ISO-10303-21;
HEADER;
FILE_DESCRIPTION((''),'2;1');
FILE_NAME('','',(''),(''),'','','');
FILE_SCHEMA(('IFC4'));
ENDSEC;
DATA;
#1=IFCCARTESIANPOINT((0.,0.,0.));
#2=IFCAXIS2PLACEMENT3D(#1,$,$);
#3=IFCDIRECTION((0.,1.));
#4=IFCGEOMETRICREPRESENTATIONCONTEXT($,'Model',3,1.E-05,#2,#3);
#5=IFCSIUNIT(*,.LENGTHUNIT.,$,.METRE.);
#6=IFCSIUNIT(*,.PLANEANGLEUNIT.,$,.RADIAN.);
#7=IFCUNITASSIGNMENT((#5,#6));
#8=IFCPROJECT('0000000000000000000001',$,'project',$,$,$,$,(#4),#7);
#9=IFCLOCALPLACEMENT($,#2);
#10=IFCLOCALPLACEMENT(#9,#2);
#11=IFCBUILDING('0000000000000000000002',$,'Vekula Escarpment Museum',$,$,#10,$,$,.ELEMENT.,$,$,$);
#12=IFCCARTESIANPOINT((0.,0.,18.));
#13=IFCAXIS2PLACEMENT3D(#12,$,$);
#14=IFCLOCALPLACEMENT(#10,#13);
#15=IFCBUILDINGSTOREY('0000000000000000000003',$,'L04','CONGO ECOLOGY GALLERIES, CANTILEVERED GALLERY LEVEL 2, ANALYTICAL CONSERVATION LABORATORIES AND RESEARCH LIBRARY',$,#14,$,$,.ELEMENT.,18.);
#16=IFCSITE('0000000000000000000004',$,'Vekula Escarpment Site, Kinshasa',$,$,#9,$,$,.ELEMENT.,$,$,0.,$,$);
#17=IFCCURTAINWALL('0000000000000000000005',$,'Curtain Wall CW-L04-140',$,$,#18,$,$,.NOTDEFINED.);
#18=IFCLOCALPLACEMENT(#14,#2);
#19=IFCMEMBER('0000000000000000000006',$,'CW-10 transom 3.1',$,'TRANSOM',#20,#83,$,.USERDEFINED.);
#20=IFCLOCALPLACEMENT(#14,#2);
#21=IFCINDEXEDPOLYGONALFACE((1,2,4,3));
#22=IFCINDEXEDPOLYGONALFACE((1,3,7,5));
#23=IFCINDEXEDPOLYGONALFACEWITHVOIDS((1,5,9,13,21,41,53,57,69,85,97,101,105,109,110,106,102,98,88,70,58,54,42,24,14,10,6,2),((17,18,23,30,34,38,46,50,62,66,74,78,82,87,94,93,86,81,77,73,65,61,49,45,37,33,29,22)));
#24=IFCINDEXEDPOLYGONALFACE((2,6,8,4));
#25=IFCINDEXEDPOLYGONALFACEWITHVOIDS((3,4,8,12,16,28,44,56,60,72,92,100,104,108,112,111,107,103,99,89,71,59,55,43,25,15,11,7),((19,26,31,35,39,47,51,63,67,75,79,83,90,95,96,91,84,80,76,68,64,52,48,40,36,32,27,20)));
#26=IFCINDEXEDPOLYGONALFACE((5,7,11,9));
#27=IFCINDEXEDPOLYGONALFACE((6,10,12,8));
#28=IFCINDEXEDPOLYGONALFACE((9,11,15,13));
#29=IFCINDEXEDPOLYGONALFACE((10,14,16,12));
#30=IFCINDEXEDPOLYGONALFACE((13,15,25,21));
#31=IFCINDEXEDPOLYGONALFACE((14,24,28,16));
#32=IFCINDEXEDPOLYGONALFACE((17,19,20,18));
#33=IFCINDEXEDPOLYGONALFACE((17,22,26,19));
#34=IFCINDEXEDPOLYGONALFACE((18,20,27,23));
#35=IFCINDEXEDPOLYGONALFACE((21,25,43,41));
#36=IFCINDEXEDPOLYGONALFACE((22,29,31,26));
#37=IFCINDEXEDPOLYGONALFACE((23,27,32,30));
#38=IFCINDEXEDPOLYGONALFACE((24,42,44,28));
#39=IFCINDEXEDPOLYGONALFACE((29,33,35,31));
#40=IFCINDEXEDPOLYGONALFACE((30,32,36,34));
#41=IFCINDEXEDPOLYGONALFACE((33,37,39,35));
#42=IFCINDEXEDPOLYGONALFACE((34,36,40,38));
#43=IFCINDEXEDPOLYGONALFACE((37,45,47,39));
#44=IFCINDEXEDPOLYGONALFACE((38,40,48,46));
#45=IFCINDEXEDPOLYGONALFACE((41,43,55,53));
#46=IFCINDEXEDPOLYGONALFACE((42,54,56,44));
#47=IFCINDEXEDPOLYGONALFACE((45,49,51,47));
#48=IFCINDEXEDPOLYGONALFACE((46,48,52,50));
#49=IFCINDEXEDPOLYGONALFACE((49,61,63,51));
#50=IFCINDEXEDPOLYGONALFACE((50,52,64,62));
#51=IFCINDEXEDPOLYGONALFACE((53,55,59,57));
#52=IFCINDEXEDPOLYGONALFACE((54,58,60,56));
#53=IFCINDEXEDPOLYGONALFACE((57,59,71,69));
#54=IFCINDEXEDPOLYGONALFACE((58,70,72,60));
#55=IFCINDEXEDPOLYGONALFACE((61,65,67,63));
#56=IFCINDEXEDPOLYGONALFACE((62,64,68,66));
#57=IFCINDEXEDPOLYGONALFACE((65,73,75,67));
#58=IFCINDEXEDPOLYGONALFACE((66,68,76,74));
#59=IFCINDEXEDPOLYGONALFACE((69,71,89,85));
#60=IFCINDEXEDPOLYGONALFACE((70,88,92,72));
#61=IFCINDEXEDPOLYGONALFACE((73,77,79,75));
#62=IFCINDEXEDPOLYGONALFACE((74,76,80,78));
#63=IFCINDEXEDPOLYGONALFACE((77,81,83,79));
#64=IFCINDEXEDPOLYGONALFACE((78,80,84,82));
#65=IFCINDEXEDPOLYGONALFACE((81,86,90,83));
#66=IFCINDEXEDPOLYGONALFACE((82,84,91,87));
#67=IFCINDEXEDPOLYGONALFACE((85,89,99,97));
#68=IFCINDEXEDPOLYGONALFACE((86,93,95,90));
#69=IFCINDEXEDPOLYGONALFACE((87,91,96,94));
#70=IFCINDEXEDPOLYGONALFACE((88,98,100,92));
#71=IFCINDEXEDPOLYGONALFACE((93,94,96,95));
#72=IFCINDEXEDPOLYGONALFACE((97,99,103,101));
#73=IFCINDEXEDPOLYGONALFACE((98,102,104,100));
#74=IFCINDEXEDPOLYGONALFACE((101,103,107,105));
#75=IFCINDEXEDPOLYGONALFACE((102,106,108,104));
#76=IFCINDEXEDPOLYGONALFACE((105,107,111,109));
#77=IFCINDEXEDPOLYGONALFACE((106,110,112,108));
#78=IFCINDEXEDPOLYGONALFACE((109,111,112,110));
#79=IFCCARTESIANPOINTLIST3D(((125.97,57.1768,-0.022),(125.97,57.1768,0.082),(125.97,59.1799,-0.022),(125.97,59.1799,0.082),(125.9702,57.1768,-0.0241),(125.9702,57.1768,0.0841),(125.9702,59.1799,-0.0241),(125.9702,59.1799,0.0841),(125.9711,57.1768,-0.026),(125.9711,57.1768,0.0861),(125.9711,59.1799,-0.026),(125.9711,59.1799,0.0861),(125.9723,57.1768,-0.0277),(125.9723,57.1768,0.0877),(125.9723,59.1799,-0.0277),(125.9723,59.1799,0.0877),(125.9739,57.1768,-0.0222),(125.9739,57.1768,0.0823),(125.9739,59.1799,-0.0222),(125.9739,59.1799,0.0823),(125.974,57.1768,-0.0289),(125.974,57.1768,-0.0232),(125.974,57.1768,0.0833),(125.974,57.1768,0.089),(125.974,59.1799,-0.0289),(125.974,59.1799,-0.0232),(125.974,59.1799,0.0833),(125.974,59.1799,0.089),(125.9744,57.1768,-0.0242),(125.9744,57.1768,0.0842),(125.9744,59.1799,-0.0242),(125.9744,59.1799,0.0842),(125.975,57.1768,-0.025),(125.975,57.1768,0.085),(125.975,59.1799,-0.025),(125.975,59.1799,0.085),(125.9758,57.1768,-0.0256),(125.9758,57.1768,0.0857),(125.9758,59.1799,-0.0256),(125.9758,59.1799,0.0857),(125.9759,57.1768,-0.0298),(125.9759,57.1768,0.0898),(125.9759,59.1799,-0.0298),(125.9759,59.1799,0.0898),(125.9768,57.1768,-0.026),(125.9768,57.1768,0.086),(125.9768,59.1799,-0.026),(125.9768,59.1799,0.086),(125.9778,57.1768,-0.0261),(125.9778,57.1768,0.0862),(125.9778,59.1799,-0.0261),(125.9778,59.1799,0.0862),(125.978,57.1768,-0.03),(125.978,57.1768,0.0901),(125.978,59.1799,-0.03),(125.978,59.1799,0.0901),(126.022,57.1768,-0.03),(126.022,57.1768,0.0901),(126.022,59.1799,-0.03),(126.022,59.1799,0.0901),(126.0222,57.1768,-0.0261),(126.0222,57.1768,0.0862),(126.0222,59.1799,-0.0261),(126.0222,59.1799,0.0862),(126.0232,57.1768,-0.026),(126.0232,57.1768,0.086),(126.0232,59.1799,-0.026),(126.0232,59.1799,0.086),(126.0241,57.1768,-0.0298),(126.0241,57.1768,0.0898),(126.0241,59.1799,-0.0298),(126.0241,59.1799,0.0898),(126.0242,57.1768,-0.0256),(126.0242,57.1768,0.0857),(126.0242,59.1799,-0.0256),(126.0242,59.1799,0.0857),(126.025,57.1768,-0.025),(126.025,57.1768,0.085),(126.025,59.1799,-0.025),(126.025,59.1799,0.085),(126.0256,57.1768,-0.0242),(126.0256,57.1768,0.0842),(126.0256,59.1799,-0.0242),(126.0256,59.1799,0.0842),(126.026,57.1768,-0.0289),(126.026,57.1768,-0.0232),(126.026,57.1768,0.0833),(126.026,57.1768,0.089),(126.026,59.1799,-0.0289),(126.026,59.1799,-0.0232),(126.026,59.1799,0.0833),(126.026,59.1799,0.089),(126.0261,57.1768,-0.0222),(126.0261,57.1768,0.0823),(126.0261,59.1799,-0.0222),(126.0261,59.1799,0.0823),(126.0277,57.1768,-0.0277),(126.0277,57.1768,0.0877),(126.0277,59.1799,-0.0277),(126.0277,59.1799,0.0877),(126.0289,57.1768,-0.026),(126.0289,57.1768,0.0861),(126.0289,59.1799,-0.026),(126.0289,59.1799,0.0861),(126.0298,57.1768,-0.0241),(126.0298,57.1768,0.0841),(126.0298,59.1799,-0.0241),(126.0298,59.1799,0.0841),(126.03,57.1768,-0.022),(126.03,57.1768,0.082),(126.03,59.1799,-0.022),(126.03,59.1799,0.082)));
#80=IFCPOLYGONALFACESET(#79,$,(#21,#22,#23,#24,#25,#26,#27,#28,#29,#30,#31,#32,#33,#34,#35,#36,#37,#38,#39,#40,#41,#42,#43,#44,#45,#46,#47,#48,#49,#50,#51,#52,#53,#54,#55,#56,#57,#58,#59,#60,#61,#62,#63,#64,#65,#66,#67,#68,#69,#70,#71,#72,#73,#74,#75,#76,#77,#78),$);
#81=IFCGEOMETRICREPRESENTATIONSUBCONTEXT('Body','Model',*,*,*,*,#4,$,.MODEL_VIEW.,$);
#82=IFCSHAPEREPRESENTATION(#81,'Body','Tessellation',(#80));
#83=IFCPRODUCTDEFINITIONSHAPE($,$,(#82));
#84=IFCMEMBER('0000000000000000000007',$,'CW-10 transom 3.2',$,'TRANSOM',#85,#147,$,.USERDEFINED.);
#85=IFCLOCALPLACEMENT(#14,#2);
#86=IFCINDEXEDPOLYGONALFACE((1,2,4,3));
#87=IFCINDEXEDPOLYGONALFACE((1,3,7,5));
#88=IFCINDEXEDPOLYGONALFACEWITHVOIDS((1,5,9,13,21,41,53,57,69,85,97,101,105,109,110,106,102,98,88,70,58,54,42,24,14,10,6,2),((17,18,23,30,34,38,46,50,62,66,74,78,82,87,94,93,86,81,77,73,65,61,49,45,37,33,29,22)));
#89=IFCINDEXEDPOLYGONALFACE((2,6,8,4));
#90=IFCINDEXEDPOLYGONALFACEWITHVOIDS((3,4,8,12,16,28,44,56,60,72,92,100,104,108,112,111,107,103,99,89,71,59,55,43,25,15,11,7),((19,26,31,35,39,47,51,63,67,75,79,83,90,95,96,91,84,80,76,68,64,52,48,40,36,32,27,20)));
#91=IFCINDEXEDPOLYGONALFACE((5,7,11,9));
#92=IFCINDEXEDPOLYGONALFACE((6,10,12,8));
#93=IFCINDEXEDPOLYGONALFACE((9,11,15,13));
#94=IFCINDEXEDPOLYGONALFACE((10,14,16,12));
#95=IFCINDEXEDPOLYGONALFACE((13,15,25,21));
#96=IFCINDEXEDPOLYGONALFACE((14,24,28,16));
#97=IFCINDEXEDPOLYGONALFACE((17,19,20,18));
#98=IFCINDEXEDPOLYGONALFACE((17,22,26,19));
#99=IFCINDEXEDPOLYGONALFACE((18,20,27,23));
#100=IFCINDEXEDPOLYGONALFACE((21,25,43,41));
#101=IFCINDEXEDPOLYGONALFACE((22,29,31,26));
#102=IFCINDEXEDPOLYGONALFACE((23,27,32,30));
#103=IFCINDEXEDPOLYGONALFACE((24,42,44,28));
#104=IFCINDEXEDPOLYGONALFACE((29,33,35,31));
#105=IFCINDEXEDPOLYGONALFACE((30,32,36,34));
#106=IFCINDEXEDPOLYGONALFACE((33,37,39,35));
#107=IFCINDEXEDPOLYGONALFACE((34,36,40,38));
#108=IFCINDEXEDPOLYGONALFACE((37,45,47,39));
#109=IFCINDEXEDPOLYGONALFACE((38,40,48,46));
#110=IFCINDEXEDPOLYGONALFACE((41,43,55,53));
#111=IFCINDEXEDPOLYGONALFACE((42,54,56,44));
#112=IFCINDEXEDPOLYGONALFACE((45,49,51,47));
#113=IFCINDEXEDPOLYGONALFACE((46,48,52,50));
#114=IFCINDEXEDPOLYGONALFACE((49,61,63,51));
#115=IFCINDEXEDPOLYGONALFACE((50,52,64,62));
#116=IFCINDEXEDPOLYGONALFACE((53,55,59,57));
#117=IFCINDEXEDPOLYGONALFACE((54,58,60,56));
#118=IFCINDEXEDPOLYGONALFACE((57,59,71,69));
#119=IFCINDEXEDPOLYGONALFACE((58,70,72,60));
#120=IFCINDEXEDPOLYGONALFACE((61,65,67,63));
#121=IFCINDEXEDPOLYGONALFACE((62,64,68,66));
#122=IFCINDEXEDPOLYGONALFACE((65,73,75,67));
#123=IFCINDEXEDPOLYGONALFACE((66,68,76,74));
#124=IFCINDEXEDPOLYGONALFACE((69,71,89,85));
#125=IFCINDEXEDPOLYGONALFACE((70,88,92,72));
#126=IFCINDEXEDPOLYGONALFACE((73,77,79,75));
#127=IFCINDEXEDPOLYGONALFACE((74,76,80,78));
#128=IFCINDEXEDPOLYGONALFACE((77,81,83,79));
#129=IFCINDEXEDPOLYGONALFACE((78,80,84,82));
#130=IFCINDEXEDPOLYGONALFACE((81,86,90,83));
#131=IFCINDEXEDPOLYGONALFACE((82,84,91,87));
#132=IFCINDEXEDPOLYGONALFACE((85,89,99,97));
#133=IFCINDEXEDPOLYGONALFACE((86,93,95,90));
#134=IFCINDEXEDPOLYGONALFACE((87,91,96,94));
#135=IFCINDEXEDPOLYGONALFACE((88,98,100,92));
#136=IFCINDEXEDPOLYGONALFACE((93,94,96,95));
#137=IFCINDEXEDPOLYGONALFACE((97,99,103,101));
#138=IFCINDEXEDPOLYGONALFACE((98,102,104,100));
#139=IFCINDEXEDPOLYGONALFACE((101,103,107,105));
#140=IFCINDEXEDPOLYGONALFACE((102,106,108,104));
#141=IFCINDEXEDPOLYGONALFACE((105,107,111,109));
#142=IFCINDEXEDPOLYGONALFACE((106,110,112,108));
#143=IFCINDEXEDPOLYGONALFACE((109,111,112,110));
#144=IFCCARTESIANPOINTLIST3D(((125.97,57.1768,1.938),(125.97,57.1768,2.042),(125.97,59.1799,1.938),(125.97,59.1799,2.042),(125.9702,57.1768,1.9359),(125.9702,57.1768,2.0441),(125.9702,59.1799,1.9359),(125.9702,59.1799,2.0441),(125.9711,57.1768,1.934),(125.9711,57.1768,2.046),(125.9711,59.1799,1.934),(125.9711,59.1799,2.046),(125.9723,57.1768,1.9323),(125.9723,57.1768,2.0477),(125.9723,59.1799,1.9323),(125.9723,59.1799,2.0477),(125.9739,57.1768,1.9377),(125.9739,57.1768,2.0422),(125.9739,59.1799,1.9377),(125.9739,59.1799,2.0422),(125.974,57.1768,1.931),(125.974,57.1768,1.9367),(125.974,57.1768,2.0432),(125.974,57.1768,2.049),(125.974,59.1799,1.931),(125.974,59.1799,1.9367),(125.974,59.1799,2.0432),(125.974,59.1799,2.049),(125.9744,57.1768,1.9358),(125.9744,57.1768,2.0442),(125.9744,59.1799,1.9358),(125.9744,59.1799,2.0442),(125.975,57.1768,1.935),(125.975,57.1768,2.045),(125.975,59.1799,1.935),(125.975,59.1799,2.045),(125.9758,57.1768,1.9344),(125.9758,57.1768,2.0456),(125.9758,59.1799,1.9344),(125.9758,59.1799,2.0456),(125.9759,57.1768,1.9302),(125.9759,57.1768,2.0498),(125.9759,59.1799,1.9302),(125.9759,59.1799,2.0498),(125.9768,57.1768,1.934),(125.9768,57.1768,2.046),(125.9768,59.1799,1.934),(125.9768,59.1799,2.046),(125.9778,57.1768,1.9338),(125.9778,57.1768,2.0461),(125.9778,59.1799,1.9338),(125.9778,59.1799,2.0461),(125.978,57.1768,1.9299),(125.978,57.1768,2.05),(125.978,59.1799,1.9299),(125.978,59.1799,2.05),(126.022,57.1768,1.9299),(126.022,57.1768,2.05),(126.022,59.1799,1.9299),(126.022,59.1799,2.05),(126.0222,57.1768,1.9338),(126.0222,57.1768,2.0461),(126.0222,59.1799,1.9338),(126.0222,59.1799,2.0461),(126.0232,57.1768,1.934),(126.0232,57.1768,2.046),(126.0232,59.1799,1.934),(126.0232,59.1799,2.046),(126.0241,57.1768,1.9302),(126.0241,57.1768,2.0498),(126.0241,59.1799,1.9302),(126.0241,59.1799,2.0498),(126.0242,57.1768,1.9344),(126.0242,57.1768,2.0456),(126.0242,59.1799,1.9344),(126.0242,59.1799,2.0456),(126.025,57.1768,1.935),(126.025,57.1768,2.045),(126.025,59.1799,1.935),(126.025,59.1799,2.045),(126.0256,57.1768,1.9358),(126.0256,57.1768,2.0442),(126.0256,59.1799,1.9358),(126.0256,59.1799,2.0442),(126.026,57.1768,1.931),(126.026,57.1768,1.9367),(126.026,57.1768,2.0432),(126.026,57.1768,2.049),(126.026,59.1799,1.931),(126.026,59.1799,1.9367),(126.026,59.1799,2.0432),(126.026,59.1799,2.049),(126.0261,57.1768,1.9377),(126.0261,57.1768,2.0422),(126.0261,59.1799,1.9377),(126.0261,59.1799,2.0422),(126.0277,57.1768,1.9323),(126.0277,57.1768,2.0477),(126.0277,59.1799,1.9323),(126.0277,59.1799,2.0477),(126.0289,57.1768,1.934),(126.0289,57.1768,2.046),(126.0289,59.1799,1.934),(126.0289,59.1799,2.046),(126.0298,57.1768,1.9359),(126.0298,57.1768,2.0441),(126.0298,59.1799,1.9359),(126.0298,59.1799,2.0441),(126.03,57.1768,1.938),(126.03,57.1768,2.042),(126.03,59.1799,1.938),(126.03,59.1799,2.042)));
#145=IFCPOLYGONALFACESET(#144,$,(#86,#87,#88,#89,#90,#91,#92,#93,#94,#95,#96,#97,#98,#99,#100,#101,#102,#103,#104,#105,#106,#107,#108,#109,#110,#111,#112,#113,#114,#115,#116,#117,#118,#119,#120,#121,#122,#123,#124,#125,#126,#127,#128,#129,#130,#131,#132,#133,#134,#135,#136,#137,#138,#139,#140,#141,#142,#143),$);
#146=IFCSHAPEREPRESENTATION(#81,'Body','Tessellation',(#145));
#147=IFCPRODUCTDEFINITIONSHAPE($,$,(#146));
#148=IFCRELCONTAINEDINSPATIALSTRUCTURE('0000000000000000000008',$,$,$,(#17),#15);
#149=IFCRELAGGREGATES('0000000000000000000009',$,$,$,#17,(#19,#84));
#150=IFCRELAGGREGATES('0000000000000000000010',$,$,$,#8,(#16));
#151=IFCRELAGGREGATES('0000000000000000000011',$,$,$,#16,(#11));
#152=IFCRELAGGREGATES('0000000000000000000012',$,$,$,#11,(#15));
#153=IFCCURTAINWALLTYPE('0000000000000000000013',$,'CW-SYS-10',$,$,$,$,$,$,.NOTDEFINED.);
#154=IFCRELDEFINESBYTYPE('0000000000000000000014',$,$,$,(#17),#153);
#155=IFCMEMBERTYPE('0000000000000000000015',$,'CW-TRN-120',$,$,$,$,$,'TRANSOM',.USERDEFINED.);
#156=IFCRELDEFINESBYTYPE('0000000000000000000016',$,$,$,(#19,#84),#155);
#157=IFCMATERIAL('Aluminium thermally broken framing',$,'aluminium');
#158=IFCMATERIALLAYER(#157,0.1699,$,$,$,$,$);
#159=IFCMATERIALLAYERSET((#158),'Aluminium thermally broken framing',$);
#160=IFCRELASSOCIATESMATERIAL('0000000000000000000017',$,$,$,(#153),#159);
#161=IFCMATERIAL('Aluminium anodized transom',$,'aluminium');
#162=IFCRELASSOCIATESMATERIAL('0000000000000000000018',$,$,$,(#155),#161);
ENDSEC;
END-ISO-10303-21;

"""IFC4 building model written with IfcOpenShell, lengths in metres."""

from ifc_helpers import new_model, si_unit, direction, frame, origin, origin_2d, place, context, subcontext, project, spatial, hollow_rectangle, extrude, material, layer, layer_set, material_profile, profile_set, type_object, element, aggregate, save


model = new_model("IFC4")

# Units and contexts
model_context = context("Model", 3, precision=1e-05, world=origin(), true_north=direction((0.0, 1.0)))
body_context = subcontext(model_context, "Body", "Model", "MODEL_VIEW")
ifc_project = project(units=[si_unit("LENGTHUNIT", "METRE"), si_unit("PLANEANGLEUNIT", "RADIAN")], contexts=[model_context])

# Site, building, storey
site_placement = place(None, origin())
site = spatial("IfcSite", under=ifc_project, at=site_placement, Name="Vekula Escarpment Site, Kinshasa", CompositionType="ELEMENT", RefElevation=0.0)
building_placement = place(site_placement, origin())
building = spatial("IfcBuilding", under=site, at=building_placement, Name="Vekula Escarpment Museum", CompositionType="ELEMENT")
storey_placement = place(building_placement, frame((0.0, 0.0, 18.0)))
storey = spatial("IfcBuildingStorey", under=building, at=storey_placement, Name="L04", Description="CONGO ECOLOGY GALLERIES, CANTILEVERED GALLERY LEVEL 2, ANALYTICAL CONSERVATION LABORATORIES AND RESEARCH LIBRARY", CompositionType="ELEMENT", Elevation=18.0)

# Curtain wall, members
ifc_material_1 = material(Name="Aluminium thermally broken framing", Category="aluminium")
ifc_layer_1 = layer(ifc_material_1, 0.1699)
ifc_layer_set_1 = layer_set([ifc_layer_1], Name="Aluminium thermally broken framing")
curtain_wall_type_1 = type_object("IfcCurtainWallType", Name="CW-SYS-10", PredefinedType="NOTDEFINED", material=ifc_layer_set_1)
curtain_wall_1_placement = place(storey_placement, origin())
curtain_wall_1 = element("IfcCurtainWall", 1, at=curtain_wall_1_placement, inside=storey, type_object=curtain_wall_type_1, Name="Curtain Wall CW-L04-140", PredefinedType="NOTDEFINED")
ifc_material_2 = material(Name="Aluminium anodized transom", Category="aluminium")
ifc_material_profile_1 = material_profile(ifc_material_2, hollow_rectangle(XDim=0.0601, YDim=0.1201, WallThickness=0.0039, InnerFilletRadius=0.0039, OuterFilletRadius=0.0081, at=origin_2d()), Name="ALU 120x60x4")
ifc_profile_set_1 = profile_set([ifc_material_profile_1], Name="Aluminium anodized transom")
member_type_1 = type_object("IfcMemberType", Name="CW-TRN-120", ElementType="TRANSOM", PredefinedType="USERDEFINED", material=ifc_profile_set_1)
member_1_placement = place(storey_placement, frame((126.0, 57.1768, 0.03), z_axis=(0.0, 1.0, 0.0), x_axis=(-1.0, 0.0, 0.0)))
member_1 = element("IfcMember", 2, at=member_1_placement, type_object=member_type_1, Name="CW-10 transom 3.1", ObjectType="TRANSOM", PredefinedType="USERDEFINED", context=body_context, shape_type="SweptSolid", body=[
    extrude(hollow_rectangle(XDim=0.0601, YDim=0.1201, WallThickness=0.0039, InnerFilletRadius=0.0039, OuterFilletRadius=0.0081, at=origin_2d()), origin(), (0.0, 0.0, 1.0), 2.0032),
])
member_2_placement = place(storey_placement, frame((126.0, 57.1768, 1.99), z_axis=(0.0, 1.0, 0.0), x_axis=(-1.0, 0.0, 0.0)))
member_2 = element("IfcMember", 3, at=member_2_placement, type_object=member_type_1, Name="CW-10 transom 3.2", ObjectType="TRANSOM", PredefinedType="USERDEFINED", context=body_context, shape_type="SweptSolid", body=[
    extrude(hollow_rectangle(XDim=0.0601, YDim=0.1201, WallThickness=0.0039, InnerFilletRadius=0.0039, OuterFilletRadius=0.0081, at=origin_2d()), origin(), (0.0, 0.0, 1.0), 2.0032),
])
aggregate(curtain_wall_1, [member_1, member_2])

save(model, "model.ifc")
